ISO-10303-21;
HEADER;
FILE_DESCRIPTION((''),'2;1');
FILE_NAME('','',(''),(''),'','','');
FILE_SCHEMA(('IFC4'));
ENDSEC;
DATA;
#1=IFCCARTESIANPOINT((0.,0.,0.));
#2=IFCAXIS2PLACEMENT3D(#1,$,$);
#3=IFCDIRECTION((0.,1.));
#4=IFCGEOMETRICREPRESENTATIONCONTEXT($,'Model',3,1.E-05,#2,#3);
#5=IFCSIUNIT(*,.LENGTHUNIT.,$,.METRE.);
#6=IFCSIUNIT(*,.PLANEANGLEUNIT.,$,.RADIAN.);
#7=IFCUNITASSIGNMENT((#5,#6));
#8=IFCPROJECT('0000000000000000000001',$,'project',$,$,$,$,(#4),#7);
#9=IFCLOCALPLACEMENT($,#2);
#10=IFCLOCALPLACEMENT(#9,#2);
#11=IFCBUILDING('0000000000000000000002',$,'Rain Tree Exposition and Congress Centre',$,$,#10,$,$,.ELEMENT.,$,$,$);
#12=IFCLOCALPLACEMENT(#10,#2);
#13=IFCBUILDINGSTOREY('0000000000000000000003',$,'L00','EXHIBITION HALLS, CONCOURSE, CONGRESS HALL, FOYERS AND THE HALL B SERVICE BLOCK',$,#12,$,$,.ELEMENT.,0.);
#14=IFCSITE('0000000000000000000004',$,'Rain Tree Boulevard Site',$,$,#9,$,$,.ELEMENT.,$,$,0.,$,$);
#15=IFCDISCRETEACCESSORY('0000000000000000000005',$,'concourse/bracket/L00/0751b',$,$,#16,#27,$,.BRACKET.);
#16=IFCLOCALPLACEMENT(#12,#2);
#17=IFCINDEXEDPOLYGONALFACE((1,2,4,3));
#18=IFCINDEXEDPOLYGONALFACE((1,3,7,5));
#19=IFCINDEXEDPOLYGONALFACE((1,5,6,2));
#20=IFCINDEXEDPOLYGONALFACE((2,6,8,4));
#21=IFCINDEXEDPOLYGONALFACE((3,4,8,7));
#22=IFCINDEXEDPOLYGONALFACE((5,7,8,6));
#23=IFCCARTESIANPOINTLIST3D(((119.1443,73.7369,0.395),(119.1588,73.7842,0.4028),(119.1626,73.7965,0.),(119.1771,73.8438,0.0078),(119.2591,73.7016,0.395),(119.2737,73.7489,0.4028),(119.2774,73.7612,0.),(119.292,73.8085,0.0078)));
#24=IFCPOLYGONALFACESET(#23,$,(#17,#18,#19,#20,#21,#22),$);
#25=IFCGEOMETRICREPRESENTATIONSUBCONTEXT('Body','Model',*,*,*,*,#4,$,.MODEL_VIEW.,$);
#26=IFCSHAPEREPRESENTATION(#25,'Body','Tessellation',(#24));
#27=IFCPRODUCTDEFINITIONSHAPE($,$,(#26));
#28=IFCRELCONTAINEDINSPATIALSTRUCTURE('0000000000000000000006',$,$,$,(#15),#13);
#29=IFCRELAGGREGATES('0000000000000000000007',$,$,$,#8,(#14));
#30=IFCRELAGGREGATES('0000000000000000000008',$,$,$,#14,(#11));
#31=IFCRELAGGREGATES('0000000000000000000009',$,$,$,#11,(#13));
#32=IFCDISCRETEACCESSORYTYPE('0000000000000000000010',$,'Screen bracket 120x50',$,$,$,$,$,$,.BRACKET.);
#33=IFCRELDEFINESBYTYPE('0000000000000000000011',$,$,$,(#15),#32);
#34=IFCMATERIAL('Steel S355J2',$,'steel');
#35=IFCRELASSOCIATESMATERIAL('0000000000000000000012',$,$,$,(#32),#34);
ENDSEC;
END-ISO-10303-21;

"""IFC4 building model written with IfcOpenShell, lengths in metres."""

from ifc_helpers import new_model, si_unit, direction, frame, origin, origin_2d, place, context, subcontext, project, spatial, rectangle, extrude, material, material_profile, profile_set, type_object, element, save


model = new_model("IFC4")

# Units and contexts
model_context = context("Model", 3, precision=1e-05, world=origin(), true_north=direction((0.0, 1.0)))
body_context = subcontext(model_context, "Body", "Model", "MODEL_VIEW")
ifc_project = project(units=[si_unit("LENGTHUNIT", "METRE"), si_unit("PLANEANGLEUNIT", "RADIAN")], contexts=[model_context])

# Site, building, storey
site_placement = place(None, origin())
site = spatial("IfcSite", under=ifc_project, at=site_placement, Name="Rain Tree Boulevard Site", CompositionType="ELEMENT", RefElevation=0.0)
building_placement = place(site_placement, origin())
building = spatial("IfcBuilding", under=site, at=building_placement, Name="Rain Tree Exposition and Congress Centre", CompositionType="ELEMENT")
storey_placement = place(building_placement, origin())
storey = spatial("IfcBuildingStorey", under=building, at=storey_placement, Name="L00", Description="EXHIBITION HALLS, CONCOURSE, CONGRESS HALL, FOYERS AND THE HALL B SERVICE BLOCK", CompositionType="ELEMENT", Elevation=0.0)

# Discrete accessory
ifc_material_1 = material(Name="Steel S355J2", Category="steel")
ifc_material_profile_1 = material_profile(ifc_material_1, rectangle(XDim=0.1201, YDim=0.05, at=origin_2d()), Name="Flat bar 120x50")
ifc_profile_set_1 = profile_set([ifc_material_profile_1], Name="Steel S355J2")
discrete_accessory_type = type_object("IfcDiscreteAccessoryType", Name="Screen bracket 120x50", PredefinedType="BRACKET", material=ifc_profile_set_1)
for number, where, z_axis, x_axis, name in (
    (1, (119.2273, 73.8025, 0.0039), (-0.045787, -0.148961, 0.987782), (0.955864, -0.293811, 0.0), "concourse/bracket/L00/0751b"),
):
    element("IfcDiscreteAccessory", number, at=place(storey_placement, frame(where, z_axis=z_axis, x_axis=x_axis)), inside=storey, type_object=discrete_accessory_type, Name=name, PredefinedType="BRACKET", context=body_context, shape_type="SweptSolid", body=[
        extrude(rectangle(XDim=0.1201, YDim=0.05, at=origin_2d()), origin(), (0.0, 0.0, 1.0), 0.3999),
    ])

save(model, "model.ifc")
